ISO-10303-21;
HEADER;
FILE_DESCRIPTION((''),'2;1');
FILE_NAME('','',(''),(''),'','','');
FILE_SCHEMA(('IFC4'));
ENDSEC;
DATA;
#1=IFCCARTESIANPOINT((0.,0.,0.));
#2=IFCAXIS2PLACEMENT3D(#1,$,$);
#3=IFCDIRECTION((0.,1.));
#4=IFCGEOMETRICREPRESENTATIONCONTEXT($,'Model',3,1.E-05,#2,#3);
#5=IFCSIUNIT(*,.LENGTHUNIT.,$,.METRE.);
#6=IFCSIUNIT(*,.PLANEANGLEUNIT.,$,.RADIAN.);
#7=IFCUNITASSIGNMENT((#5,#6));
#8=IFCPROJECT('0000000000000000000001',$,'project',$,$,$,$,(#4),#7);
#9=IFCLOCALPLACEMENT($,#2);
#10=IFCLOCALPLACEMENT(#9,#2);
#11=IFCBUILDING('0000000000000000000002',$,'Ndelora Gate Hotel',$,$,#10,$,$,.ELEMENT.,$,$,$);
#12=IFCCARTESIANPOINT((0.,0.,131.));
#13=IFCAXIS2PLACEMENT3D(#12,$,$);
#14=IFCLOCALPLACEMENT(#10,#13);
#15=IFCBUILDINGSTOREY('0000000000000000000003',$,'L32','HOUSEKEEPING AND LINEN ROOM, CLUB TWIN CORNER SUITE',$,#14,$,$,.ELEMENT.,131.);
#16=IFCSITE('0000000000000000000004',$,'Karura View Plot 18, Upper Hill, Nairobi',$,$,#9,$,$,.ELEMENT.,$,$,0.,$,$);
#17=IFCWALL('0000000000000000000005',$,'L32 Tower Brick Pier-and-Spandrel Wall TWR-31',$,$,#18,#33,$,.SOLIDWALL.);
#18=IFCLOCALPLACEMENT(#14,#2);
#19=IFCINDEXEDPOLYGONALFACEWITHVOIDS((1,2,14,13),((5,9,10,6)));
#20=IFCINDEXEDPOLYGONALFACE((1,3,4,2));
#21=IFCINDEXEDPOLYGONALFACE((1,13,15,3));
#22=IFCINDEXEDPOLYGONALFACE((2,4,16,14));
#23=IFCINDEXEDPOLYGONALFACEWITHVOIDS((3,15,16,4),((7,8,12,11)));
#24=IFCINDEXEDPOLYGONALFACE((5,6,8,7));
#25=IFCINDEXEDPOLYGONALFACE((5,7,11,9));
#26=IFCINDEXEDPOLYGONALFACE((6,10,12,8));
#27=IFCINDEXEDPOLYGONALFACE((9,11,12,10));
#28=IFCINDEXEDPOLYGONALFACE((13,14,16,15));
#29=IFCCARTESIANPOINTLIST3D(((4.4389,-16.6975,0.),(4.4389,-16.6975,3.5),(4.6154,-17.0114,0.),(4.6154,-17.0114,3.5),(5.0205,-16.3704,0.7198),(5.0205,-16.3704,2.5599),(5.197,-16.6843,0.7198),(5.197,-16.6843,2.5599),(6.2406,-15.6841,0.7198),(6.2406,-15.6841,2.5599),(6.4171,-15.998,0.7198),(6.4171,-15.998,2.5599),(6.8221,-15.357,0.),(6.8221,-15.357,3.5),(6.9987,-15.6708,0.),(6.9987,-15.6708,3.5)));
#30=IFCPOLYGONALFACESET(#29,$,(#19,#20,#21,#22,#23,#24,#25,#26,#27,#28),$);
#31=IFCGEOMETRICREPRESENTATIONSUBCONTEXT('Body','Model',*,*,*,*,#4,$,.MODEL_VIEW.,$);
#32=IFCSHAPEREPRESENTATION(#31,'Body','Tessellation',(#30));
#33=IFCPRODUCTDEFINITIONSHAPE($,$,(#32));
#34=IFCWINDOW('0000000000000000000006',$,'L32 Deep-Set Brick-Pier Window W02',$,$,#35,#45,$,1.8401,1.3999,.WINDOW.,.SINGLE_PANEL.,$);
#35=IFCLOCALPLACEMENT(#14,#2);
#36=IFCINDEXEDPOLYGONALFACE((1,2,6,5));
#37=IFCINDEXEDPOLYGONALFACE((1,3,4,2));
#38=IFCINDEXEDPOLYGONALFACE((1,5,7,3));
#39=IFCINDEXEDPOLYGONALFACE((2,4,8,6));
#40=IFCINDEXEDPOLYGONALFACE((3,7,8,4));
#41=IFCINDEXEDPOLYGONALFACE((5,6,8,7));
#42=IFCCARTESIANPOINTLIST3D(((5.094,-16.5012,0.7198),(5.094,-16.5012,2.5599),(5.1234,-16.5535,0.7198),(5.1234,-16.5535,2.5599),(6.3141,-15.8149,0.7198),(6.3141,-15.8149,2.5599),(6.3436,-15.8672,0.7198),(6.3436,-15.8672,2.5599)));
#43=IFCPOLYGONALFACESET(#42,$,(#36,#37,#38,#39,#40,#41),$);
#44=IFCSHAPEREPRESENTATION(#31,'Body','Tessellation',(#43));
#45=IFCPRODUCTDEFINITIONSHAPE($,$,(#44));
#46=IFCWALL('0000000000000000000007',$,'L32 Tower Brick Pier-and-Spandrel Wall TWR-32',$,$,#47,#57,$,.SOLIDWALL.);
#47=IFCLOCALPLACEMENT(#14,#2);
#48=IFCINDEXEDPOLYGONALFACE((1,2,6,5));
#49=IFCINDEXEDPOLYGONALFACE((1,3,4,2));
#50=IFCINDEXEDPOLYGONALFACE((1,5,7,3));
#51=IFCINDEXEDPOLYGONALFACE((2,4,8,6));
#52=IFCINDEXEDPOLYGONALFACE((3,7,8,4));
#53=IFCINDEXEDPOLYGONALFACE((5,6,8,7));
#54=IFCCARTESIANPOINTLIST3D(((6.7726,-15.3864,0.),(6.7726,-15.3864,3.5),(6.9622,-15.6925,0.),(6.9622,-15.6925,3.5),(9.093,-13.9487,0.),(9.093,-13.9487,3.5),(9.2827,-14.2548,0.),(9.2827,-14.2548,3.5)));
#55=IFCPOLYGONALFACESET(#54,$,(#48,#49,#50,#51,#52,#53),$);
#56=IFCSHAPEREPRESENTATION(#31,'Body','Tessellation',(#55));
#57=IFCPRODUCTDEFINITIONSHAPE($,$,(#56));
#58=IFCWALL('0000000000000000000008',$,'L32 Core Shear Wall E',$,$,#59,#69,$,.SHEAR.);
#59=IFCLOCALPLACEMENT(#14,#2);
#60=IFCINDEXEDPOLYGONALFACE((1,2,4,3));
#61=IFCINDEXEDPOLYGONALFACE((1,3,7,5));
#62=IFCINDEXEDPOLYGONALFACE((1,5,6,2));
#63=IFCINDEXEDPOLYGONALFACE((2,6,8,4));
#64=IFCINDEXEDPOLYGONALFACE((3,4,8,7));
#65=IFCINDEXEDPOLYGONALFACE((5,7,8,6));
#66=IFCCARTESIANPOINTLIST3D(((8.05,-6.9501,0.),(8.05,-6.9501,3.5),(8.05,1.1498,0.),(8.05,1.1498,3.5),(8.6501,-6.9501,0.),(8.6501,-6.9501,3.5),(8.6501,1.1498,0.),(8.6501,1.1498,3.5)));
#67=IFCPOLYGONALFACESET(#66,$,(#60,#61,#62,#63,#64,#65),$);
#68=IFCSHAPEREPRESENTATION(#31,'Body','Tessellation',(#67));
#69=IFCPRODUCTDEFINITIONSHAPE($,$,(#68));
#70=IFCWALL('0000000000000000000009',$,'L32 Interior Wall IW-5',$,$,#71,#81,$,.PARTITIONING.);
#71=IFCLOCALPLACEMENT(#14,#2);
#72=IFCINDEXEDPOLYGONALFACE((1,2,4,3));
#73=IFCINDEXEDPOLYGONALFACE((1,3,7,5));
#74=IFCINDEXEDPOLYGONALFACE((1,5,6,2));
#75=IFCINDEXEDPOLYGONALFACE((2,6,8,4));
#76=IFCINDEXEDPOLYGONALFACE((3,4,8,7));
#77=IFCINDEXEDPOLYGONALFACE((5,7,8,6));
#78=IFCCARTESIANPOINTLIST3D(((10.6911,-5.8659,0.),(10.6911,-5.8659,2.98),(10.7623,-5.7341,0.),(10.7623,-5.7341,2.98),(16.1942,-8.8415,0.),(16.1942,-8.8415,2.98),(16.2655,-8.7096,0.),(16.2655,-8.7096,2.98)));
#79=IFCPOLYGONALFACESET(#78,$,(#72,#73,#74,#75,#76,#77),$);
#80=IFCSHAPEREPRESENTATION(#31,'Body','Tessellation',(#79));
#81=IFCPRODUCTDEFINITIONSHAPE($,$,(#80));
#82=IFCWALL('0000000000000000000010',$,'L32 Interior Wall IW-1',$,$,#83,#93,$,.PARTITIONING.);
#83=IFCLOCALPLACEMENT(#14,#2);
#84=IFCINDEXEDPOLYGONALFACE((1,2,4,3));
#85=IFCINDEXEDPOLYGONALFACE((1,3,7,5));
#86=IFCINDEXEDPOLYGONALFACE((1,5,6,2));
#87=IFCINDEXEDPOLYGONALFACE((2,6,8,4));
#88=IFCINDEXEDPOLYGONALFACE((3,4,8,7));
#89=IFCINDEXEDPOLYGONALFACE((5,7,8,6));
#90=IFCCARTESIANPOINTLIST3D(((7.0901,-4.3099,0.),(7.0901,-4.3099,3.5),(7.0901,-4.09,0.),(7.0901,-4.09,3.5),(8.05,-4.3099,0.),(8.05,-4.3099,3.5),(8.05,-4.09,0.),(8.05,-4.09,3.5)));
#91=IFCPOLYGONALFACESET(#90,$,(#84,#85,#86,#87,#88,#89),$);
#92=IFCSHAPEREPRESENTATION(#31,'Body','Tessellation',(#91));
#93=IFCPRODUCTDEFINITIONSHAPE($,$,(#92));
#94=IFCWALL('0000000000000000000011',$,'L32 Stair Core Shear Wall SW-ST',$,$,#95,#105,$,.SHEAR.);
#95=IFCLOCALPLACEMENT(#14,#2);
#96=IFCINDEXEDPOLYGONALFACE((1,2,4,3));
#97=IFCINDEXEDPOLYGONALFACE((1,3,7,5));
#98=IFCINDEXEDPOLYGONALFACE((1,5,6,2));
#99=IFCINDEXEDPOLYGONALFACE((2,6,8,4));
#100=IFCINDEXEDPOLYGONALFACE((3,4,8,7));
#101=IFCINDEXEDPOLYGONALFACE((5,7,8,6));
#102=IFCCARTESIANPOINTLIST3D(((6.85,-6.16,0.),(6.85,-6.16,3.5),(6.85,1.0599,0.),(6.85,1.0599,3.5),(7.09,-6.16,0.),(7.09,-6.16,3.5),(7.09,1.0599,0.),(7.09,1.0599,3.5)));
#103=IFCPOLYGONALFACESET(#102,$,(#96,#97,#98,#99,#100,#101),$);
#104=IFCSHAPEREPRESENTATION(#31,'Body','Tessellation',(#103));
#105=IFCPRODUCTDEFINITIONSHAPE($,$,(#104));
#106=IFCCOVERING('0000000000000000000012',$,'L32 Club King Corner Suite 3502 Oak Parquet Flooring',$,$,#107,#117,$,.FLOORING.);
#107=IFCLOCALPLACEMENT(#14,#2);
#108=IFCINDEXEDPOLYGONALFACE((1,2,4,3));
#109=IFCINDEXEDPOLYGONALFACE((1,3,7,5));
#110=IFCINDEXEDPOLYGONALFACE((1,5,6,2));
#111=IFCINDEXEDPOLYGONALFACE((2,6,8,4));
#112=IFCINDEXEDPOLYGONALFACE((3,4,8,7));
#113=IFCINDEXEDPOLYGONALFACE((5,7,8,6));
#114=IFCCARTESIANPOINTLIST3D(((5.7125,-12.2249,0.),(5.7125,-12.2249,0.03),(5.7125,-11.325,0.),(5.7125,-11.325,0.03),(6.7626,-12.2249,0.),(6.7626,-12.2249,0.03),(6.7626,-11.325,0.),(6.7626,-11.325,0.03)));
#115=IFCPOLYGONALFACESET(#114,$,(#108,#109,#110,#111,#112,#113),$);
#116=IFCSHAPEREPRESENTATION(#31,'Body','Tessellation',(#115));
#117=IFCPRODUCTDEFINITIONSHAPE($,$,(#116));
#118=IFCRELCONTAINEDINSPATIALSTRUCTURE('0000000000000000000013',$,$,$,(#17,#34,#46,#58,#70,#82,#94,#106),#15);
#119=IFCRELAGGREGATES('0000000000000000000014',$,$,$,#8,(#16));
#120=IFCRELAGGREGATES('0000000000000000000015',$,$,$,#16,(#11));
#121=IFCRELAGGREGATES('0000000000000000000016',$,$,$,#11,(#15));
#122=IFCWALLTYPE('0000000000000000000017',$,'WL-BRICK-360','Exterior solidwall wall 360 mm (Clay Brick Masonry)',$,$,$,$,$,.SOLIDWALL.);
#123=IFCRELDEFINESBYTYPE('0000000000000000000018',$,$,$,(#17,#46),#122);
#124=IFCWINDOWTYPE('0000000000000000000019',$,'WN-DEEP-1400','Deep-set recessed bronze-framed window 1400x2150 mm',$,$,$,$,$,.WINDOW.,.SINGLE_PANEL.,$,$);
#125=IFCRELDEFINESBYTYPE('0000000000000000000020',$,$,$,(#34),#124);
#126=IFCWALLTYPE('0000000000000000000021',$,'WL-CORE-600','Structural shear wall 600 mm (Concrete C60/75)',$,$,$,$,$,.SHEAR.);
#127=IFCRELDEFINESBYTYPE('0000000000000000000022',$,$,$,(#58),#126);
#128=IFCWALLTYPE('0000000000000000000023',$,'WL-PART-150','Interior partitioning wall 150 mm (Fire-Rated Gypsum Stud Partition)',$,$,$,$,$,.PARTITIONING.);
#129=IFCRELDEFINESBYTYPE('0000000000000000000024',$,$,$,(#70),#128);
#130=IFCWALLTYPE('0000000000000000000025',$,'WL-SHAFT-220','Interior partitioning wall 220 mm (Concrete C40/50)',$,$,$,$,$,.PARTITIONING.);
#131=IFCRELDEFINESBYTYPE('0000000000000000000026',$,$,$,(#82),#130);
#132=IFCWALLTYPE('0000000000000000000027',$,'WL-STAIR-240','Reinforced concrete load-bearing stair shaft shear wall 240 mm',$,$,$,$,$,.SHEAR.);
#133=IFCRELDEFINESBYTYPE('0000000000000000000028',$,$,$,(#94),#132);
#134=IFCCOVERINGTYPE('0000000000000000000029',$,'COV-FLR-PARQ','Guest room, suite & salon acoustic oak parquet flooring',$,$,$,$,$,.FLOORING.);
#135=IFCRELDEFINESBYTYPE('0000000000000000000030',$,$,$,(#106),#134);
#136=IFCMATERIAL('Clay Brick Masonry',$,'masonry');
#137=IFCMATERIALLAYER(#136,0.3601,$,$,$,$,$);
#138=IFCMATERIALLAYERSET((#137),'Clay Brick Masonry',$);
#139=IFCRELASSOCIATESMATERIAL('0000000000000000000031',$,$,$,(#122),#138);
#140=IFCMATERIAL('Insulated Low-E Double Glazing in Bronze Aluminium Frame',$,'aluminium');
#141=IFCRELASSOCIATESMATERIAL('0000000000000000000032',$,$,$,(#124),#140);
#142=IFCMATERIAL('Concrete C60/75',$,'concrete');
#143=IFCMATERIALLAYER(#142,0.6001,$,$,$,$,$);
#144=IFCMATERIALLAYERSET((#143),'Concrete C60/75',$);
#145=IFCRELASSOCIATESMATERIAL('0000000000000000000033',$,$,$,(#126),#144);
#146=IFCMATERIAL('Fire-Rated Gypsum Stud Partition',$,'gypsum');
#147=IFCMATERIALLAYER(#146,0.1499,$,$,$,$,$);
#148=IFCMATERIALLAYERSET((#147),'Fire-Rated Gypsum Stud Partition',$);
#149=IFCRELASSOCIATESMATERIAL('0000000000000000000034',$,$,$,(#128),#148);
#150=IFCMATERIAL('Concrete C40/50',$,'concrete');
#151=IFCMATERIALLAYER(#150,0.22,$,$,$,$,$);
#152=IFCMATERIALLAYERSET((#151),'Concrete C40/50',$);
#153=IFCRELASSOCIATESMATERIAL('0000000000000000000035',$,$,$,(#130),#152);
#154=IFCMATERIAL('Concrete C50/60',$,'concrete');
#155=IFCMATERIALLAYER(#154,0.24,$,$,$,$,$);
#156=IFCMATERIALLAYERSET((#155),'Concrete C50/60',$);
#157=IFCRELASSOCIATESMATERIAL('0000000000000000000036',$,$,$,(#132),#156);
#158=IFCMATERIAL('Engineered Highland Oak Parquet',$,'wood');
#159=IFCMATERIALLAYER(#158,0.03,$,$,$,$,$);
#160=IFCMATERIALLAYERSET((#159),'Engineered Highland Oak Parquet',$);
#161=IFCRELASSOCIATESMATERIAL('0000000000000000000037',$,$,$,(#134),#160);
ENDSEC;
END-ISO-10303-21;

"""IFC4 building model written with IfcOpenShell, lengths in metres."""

from ifc_helpers import new_model, si_unit, direction, frame, frame_2d, origin, origin_2d, place, context, subcontext, project, spatial, rectangle, extrude, material, layer, layer_set, type_object, element, fill, save


model = new_model("IFC4")

# Units and contexts
model_context = context("Model", 3, precision=1e-05, world=origin(), true_north=direction((0.0, 1.0)))
body_context = subcontext(model_context, "Body", "Model", "MODEL_VIEW")
ifc_project = project(units=[si_unit("LENGTHUNIT", "METRE"), si_unit("PLANEANGLEUNIT", "RADIAN")], contexts=[model_context])

# Site, building, storey
site_placement = place(None, origin())
site = spatial("IfcSite", under=ifc_project, at=site_placement, Name="Karura View Plot 18, Upper Hill, Nairobi", CompositionType="ELEMENT", RefElevation=0.0)
building_placement = place(site_placement, origin())
building = spatial("IfcBuilding", under=site, at=building_placement, Name="Ndelora Gate Hotel", CompositionType="ELEMENT")
storey_placement = place(building_placement, frame((0.0, 0.0, 131.0)))
storey = spatial("IfcBuildingStorey", under=building, at=storey_placement, Name="L32", Description="HOUSEKEEPING AND LINEN ROOM, CLUB TWIN CORNER SUITE", CompositionType="ELEMENT", Elevation=131.0)

# Shared definitions
ifc_material_1 = material(Name="Concrete C60/75", Category="concrete")

# Wall, opening, window
ifc_material_2 = material(Name="Clay Brick Masonry", Category="masonry")
ifc_layer_1 = layer(ifc_material_2, 0.3601)
ifc_layer_set_1 = layer_set([ifc_layer_1], Name="Clay Brick Masonry")
wall_type_1 = type_object("IfcWallType", Name="WL-BRICK-360", Description="Exterior solidwall wall 360 mm (Clay Brick Masonry)", PredefinedType="SOLIDWALL", material=ifc_layer_set_1)
wall_1_placement = place(storey_placement, frame((6.9104, -15.5139, 0.0), z_axis=(0.0, 0.0, 1.0), x_axis=(-0.87158, -0.490253, 0.0)))
wall_1 = element("IfcWall", 1, at=wall_1_placement, inside=storey, type_object=wall_type_1, Name="L32 Tower Brick Pier-and-Spandrel Wall TWR-31", PredefinedType="SOLIDWALL", context=body_context, shape_type="SweptSolid", body=[
    extrude(rectangle(XDim=2.7344, YDim=0.3601, at=frame_2d((1.3672, 0.0))), origin(), (0.0, 0.0, 1.0), 3.5),
])
opening_1_placement = place(wall_1_placement, frame((0.6672, 0.0, 0.72)))
opening_1 = element("IfcOpeningElement", 2, at=opening_1_placement, cuts=wall_1, PredefinedType="OPENING", context=body_context, shape_type="SweptSolid", body=[
    extrude(rectangle(XDim=1.3999, YDim=1.8401, at=frame_2d((0.7, 0.9199))), frame((0.0, 0.1899, 0.0), z_axis=(0.0, -1.0, 0.0), x_axis=(1.0, 0.0, 0.0)), (0.0, 0.0, 1.0), 0.3801),
])
ifc_material_3 = material(Name="Insulated Low-E Double Glazing in Bronze Aluminium Frame", Category="aluminium")
window_type = type_object("IfcWindowType", Name="WN-DEEP-1400", Description="Deep-set recessed bronze-framed window 1400x2150 mm", PartitioningType="SINGLE_PANEL", PredefinedType="WINDOW", material=ifc_material_3)
window_placement = place(opening_1_placement, origin())
window = element("IfcWindow", 3, at=window_placement, inside=storey, type_object=window_type, Name="L32 Deep-Set Brick-Pier Window W02", OverallHeight=1.8401, OverallWidth=1.3999, PartitioningType="SINGLE_PANEL", PredefinedType="WINDOW", context=body_context, shape_type="SweptSolid", body=[
    extrude(rectangle(XDim=1.3999, YDim=1.8401, at=frame_2d((0.7, 0.9199))), frame((0.0, 0.03, 0.0), z_axis=(0.0, -1.0, 0.0), x_axis=(1.0, 0.0, 0.0)), (0.0, 0.0, 1.0), 0.0601),
])
fill(opening_1, window)

# Walls
wall_2_placement = place(storey_placement, frame((9.1877, -14.1018, 0.0), z_axis=(0.0, 0.0, 1.0), x_axis=(-0.850067, -0.526675, 0.0)))
element("IfcWall", 4, at=wall_2_placement, inside=storey, type_object=wall_type_1, Name="L32 Tower Brick Pier-and-Spandrel Wall TWR-32", PredefinedType="SOLIDWALL", context=body_context, shape_type="SweptSolid", body=[
    extrude(rectangle(XDim=2.7297, YDim=0.3601, at=frame_2d((1.3647, 0.0))), origin(), (0.0, 0.0, 1.0), 3.5),
])
ifc_layer_2 = layer(ifc_material_1, 0.6001)
ifc_layer_set_2 = layer_set([ifc_layer_2], Name="Concrete C60/75")
wall_type_2 = type_object("IfcWallType", Name="WL-CORE-600", Description="Structural shear wall 600 mm (Concrete C60/75)", PredefinedType="SHEAR", material=ifc_layer_set_2)
wall_3_placement = place(storey_placement, frame((8.3501, -6.95, 0.0), z_axis=(0.0, 0.0, 1.0), x_axis=(0.0, 1.0, 0.0)))
element("IfcWall", 5, at=wall_3_placement, inside=storey, type_object=wall_type_2, Name="L32 Core Shear Wall E", PredefinedType="SHEAR", context=body_context, shape_type="SweptSolid", body=[
    extrude(rectangle(XDim=8.0999, YDim=0.6001, at=frame_2d((4.0498, 0.0))), origin(), (0.0, 0.0, 1.0), 3.5),
])

# Shared definitions
ifc_material_4 = material(Name="Fire-Rated Gypsum Stud Partition", Category="gypsum")
ifc_layer_3 = layer(ifc_material_4, 0.1499)
ifc_layer_set_3 = layer_set([ifc_layer_3], Name="Fire-Rated Gypsum Stud Partition")
wall_type_3 = type_object("IfcWallType", Name="WL-PART-150", Description="Interior partitioning wall 150 mm (Fire-Rated Gypsum Stud Partition)", PredefinedType="PARTITIONING", material=ifc_layer_set_3)

# Walls
wall_4_placement = place(storey_placement, frame((10.7268, -5.8, 0.0), z_axis=(0.0, 0.0, 1.0), x_axis=(0.879647, -0.475628, 0.0)))
element("IfcWall", 6, at=wall_4_placement, inside=storey, type_object=wall_type_3, Name="L32 Interior Wall IW-5", PredefinedType="PARTITIONING", context=body_context, shape_type="SweptSolid", body=[
    extrude(rectangle(XDim=6.2561, YDim=0.1499, at=frame_2d((3.1279, 0.0))), origin(), (0.0, 0.0, 1.0), 2.98),
])
ifc_material_5 = material(Name="Concrete C40/50", Category="concrete")
ifc_layer_4 = layer(ifc_material_5, 0.22)
ifc_layer_set_4 = layer_set([ifc_layer_4], Name="Concrete C40/50")
wall_type_4 = type_object("IfcWallType", Name="WL-SHAFT-220", Description="Interior partitioning wall 220 mm (Concrete C40/50)", PredefinedType="PARTITIONING", material=ifc_layer_set_4)
wall_5_placement = place(storey_placement, frame((7.0901, -4.2, 0.0), z_axis=(0.0, 0.0, 1.0), x_axis=(1.0, 0.0, 0.0)))
element("IfcWall", 7, at=wall_5_placement, inside=storey, type_object=wall_type_4, Name="L32 Interior Wall IW-1", PredefinedType="PARTITIONING", context=body_context, shape_type="SweptSolid", body=[
    extrude(rectangle(XDim=0.96, YDim=0.22, at=frame_2d((0.48, 0.0))), origin(), (0.0, 0.0, 1.0), 3.5),
])
ifc_material_6 = material(Name="Concrete C50/60", Category="concrete")
ifc_layer_5 = layer(ifc_material_6, 0.24)
ifc_layer_set_5 = layer_set([ifc_layer_5], Name="Concrete C50/60")
wall_type_5 = type_object("IfcWallType", Name="WL-STAIR-240", Description="Reinforced concrete load-bearing stair shaft shear wall 240 mm", PredefinedType="SHEAR", material=ifc_layer_set_5)
wall_6_placement = place(storey_placement, frame((6.97, -6.1599, 0.0), z_axis=(0.0, 0.0, 1.0), x_axis=(0.0, 1.0, 0.0)))
element("IfcWall", 8, at=wall_6_placement, inside=storey, type_object=wall_type_5, Name="L32 Stair Core Shear Wall SW-ST", PredefinedType="SHEAR", context=body_context, shape_type="SweptSolid", body=[
    extrude(rectangle(XDim=7.22, YDim=0.24, at=frame_2d((3.6099, 0.0))), origin(), (0.0, 0.0, 1.0), 3.5),
])

# Covering
ifc_material_7 = material(Name="Engineered Highland Oak Parquet", Category="wood")
ifc_layer_6 = layer(ifc_material_7, 0.03)
ifc_layer_set_6 = layer_set([ifc_layer_6], Name="Engineered Highland Oak Parquet")
covering_type = type_object("IfcCoveringType", Name="COV-FLR-PARQ", Description="Guest room, suite & salon acoustic oak parquet flooring", PredefinedType="FLOORING", material=ifc_layer_set_6)
covering_placement = place(storey_placement, frame((6.2375, -11.7749, 0.0), z_axis=(0.0, 0.0, 1.0), x_axis=(1.0, 0.0, 0.0)))
element("IfcCovering", 9, at=covering_placement, inside=storey, type_object=covering_type, Name="L32 Club King Corner Suite 3502 Oak Parquet Flooring", PredefinedType="FLOORING", context=body_context, shape_type="SweptSolid", body=[
    extrude(rectangle(XDim=1.05, YDim=0.8999, at=origin_2d()), origin(), (0.0, 0.0, 1.0), 0.03),
])

save(model, "model.ifc")
